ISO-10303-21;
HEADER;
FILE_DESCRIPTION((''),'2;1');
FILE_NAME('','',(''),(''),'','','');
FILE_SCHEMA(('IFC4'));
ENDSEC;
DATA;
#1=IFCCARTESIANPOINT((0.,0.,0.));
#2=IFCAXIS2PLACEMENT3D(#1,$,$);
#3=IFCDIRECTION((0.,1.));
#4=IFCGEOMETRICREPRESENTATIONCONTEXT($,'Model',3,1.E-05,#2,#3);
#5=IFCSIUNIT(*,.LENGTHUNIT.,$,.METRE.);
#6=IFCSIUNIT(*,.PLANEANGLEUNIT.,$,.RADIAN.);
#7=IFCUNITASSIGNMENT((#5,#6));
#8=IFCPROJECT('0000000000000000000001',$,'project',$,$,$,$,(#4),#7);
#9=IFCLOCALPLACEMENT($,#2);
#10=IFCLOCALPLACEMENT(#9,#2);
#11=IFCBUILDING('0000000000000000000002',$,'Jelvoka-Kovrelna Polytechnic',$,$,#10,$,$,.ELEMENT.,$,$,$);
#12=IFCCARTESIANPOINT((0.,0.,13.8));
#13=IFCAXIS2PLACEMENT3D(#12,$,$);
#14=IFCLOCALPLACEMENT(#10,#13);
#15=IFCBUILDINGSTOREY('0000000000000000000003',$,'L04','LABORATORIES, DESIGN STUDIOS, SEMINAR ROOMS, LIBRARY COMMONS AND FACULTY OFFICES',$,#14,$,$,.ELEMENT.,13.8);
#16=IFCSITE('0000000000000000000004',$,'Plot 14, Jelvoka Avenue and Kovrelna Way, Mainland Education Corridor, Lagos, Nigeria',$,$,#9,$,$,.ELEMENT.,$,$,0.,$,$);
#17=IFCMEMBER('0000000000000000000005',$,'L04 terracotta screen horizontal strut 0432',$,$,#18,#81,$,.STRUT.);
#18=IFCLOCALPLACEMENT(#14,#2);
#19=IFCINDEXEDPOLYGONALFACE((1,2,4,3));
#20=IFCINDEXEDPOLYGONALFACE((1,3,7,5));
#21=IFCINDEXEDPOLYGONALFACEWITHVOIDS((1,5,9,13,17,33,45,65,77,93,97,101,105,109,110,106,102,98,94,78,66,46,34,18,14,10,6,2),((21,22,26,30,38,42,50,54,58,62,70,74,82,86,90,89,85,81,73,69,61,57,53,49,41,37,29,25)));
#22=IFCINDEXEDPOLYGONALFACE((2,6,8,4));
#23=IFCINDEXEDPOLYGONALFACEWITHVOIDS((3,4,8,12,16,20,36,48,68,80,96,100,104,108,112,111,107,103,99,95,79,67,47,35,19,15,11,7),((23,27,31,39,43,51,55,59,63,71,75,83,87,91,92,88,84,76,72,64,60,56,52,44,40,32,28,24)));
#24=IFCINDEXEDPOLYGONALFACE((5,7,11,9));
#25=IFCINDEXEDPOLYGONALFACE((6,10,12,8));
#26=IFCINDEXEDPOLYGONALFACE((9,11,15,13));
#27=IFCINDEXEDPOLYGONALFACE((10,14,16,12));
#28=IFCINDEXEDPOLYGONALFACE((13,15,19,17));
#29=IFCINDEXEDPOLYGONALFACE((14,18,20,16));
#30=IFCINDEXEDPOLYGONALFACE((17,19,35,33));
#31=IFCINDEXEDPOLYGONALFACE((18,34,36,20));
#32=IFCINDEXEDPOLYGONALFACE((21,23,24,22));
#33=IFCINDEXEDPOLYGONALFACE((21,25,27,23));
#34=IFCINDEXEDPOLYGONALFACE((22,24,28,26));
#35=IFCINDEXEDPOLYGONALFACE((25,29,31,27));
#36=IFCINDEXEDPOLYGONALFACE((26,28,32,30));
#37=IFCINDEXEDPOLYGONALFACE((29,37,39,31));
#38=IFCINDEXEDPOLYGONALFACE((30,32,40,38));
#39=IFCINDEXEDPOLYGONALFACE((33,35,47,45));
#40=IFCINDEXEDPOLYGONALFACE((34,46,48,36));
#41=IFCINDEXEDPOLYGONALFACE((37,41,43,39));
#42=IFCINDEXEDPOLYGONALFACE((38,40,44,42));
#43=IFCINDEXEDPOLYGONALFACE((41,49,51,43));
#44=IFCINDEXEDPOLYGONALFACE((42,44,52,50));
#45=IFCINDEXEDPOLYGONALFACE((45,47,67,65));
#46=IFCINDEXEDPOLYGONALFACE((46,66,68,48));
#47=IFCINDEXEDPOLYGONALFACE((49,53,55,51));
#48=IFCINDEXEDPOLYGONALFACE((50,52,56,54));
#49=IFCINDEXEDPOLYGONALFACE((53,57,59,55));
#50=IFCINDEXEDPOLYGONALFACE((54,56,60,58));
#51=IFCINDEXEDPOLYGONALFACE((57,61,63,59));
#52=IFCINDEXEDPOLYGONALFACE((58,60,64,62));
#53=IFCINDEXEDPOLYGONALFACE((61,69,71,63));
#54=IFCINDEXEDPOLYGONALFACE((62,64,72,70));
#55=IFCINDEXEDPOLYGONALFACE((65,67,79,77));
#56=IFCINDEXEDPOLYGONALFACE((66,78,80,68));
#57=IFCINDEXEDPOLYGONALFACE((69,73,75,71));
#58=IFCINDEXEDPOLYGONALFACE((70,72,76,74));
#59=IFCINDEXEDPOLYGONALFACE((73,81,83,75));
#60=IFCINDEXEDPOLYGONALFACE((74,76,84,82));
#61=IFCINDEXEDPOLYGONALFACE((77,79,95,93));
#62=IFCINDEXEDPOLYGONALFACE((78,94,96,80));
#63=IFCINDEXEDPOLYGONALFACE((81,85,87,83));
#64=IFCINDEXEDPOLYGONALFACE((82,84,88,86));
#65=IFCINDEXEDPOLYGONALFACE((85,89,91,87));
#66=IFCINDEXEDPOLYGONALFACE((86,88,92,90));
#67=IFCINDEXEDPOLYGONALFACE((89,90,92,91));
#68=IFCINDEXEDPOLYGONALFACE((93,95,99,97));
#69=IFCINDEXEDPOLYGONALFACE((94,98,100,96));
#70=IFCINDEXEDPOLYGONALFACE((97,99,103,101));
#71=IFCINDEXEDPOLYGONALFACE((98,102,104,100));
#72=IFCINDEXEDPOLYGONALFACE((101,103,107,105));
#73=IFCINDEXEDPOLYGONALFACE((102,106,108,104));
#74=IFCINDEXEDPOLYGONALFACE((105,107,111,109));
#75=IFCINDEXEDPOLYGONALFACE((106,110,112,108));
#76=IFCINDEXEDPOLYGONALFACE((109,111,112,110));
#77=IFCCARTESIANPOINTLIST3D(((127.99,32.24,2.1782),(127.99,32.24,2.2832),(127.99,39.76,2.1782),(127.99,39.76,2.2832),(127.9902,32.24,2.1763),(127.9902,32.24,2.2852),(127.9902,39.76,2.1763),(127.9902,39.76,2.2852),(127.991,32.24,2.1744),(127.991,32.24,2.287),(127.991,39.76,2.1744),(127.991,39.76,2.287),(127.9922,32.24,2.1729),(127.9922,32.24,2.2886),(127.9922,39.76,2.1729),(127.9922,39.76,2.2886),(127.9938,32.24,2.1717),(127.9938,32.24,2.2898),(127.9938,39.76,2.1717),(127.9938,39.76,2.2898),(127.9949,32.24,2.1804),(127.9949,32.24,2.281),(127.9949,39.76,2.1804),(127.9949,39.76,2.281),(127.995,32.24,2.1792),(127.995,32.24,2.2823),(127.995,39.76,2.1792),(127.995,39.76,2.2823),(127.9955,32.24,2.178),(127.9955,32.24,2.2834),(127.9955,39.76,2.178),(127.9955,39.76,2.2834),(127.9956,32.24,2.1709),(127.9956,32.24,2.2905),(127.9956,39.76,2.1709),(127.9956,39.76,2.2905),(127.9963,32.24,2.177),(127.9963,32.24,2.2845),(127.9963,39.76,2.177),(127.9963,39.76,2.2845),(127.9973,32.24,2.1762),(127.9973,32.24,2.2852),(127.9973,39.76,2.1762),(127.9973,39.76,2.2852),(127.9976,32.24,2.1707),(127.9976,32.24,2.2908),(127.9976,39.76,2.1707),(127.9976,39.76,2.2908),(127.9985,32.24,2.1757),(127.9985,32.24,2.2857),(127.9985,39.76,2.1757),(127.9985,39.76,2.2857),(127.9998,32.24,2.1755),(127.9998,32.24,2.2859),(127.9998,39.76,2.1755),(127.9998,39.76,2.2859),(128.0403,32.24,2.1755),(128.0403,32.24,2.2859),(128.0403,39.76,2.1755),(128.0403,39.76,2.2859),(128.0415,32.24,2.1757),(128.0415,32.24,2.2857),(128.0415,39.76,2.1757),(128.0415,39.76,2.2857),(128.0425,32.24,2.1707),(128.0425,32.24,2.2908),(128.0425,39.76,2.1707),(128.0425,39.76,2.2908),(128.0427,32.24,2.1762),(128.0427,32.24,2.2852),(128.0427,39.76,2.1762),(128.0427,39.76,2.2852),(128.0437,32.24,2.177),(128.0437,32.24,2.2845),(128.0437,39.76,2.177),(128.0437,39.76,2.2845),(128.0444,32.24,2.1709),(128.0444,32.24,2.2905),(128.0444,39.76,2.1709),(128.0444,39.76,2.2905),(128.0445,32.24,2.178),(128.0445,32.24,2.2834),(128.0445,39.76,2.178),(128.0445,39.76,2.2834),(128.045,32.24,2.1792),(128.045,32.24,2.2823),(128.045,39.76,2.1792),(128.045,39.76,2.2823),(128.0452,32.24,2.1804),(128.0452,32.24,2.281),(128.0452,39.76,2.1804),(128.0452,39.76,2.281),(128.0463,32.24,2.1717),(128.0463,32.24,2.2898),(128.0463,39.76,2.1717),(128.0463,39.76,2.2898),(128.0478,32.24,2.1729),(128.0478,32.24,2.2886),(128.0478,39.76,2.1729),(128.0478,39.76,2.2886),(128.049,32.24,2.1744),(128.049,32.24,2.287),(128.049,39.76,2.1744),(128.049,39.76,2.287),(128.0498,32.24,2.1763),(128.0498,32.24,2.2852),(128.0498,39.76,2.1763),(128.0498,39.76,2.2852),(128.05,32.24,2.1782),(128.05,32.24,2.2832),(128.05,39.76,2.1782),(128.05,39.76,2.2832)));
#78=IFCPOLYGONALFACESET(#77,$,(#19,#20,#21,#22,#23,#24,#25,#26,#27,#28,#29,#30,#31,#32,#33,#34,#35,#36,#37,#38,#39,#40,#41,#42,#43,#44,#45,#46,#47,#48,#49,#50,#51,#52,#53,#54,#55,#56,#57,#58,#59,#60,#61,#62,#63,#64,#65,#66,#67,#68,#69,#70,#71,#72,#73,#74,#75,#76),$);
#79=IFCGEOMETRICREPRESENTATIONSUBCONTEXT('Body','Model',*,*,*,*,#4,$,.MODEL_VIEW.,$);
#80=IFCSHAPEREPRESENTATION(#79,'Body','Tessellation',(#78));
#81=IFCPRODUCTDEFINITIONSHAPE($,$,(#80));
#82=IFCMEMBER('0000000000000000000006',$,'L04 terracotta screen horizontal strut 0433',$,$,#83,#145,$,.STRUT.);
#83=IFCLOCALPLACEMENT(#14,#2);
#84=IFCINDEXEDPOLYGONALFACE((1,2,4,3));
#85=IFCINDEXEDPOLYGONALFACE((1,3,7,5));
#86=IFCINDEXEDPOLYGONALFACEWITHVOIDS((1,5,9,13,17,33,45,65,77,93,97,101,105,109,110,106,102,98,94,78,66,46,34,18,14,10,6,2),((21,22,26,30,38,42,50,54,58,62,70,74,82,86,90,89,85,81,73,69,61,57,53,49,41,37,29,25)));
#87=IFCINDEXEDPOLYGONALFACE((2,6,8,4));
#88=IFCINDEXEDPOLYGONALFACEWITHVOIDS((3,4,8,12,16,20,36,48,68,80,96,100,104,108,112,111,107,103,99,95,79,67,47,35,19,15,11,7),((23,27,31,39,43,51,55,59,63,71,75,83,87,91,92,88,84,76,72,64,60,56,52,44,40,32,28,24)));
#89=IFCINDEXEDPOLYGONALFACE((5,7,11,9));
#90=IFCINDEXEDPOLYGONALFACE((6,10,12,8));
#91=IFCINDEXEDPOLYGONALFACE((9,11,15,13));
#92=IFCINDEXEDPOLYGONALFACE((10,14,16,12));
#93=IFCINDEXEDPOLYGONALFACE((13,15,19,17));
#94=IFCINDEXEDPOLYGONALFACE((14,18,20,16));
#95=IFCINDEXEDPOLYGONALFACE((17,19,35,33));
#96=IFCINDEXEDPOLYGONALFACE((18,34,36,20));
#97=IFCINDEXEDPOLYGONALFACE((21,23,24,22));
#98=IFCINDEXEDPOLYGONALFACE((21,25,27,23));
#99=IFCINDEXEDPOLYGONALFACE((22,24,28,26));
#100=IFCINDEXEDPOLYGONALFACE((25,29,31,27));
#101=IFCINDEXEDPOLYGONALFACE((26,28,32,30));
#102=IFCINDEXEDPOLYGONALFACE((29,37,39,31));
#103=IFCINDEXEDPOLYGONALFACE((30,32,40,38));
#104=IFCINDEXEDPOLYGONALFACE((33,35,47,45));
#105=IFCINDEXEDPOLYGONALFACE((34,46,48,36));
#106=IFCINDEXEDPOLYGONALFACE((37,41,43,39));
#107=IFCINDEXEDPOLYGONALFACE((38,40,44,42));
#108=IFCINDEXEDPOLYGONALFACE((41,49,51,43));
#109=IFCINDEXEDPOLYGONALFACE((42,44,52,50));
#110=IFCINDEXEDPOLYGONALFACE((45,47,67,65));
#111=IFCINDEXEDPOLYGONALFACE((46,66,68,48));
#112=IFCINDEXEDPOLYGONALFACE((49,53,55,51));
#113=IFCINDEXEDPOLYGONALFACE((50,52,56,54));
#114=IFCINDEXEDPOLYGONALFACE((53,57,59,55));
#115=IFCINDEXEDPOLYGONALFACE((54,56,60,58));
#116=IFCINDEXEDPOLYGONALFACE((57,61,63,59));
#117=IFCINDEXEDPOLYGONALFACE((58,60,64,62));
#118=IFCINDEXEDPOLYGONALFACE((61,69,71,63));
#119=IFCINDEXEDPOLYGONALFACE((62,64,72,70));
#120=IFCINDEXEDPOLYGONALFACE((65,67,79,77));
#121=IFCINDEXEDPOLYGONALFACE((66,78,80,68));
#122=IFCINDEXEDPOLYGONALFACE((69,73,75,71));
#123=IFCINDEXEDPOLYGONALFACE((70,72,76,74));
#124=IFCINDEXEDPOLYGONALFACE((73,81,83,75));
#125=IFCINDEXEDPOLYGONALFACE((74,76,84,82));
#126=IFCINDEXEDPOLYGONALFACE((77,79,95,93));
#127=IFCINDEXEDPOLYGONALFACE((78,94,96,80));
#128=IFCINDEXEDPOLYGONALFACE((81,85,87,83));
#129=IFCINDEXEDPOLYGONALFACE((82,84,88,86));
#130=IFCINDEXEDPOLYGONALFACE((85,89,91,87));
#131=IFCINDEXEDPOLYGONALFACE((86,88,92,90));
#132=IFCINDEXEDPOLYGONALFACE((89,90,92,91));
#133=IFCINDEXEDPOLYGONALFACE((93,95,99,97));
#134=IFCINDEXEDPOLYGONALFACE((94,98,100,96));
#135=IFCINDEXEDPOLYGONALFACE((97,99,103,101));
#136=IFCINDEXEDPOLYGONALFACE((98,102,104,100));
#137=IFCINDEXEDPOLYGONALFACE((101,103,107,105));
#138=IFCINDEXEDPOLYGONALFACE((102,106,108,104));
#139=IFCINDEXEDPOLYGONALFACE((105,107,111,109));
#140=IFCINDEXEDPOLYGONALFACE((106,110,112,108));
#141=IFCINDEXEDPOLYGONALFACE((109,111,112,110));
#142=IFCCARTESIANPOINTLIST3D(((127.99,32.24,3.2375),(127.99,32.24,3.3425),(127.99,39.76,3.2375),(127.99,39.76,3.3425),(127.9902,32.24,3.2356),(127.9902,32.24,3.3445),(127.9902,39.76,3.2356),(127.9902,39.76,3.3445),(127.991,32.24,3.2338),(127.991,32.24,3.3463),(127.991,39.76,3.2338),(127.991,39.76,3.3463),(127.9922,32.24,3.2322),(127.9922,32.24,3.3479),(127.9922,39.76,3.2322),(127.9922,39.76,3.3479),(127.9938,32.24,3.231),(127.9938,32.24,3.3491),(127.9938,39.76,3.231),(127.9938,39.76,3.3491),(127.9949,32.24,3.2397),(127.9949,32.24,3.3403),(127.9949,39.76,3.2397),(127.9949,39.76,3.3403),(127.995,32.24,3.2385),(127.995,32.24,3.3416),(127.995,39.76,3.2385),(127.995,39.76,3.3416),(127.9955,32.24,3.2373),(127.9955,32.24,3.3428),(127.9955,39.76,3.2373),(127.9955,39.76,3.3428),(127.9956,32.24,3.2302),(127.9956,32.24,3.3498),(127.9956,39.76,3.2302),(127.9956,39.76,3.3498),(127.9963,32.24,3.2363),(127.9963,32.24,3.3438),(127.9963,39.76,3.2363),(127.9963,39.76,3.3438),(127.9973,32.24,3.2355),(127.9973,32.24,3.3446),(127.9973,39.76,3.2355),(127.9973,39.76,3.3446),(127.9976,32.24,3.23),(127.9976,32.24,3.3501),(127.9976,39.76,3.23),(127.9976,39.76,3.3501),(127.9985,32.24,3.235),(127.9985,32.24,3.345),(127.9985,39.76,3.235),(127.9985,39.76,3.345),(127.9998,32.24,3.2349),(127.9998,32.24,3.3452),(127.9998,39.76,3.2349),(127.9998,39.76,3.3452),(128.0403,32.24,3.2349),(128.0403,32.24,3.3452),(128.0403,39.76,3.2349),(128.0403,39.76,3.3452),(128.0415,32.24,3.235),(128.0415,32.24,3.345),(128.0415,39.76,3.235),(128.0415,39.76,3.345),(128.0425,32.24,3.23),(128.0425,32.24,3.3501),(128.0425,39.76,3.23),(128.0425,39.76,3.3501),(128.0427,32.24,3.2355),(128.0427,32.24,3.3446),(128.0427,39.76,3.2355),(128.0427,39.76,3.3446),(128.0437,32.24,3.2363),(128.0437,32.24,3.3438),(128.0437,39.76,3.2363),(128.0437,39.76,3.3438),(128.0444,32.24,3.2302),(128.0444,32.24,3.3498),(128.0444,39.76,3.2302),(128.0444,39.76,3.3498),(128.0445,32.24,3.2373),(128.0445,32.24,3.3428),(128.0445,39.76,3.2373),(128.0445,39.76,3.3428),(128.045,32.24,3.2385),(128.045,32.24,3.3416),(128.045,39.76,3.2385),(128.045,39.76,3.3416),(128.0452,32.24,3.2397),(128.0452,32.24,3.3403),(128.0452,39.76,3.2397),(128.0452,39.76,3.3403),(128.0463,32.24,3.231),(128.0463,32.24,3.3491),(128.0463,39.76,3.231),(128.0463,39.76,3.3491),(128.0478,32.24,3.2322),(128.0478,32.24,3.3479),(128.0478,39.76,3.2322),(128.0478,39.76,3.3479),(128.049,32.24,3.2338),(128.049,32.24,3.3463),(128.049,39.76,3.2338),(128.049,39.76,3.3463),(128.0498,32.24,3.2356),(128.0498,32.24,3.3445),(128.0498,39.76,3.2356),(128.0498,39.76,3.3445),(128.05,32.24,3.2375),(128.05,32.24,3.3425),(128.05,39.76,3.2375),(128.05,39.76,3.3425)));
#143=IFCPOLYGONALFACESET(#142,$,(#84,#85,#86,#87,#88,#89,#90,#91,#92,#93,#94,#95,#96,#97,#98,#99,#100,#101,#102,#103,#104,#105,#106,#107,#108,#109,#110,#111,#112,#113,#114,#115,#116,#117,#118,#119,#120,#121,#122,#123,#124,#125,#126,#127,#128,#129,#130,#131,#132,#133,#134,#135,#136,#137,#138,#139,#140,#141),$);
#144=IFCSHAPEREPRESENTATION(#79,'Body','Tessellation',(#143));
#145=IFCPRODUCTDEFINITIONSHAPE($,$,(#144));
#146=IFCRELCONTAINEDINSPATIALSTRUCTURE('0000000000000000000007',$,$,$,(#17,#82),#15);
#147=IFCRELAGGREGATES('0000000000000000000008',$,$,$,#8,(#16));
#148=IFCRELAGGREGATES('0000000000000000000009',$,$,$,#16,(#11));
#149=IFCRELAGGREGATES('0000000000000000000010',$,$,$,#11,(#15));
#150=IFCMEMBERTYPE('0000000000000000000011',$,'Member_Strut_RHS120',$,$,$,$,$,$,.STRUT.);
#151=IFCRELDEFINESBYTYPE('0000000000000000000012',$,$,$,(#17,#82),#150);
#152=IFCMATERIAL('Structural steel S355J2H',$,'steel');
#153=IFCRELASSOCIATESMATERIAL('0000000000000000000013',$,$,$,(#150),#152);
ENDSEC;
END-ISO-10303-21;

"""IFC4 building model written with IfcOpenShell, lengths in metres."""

from ifc_helpers import new_model, si_unit, direction, frame, origin, origin_2d, place, context, subcontext, project, spatial, hollow_rectangle, extrude, material, material_profile, profile_set, type_object, element, save


model = new_model("IFC4")

# Units and contexts
model_context = context("Model", 3, precision=1e-05, world=origin(), true_north=direction((0.0, 1.0)))
body_context = subcontext(model_context, "Body", "Model", "MODEL_VIEW")
ifc_project = project(units=[si_unit("LENGTHUNIT", "METRE"), si_unit("PLANEANGLEUNIT", "RADIAN")], contexts=[model_context])

# Site, building, storey
site_placement = place(None, origin())
site = spatial("IfcSite", under=ifc_project, at=site_placement, Name="Plot 14, Jelvoka Avenue and Kovrelna Way, Mainland Education Corridor, Lagos, Nigeria", CompositionType="ELEMENT", RefElevation=0.0)
building_placement = place(site_placement, origin())
building = spatial("IfcBuilding", under=site, at=building_placement, Name="Jelvoka-Kovrelna Polytechnic", CompositionType="ELEMENT")
storey_placement = place(building_placement, frame((0.0, 0.0, 13.8)))
storey = spatial("IfcBuildingStorey", under=building, at=storey_placement, Name="L04", Description="LABORATORIES, DESIGN STUDIOS, SEMINAR ROOMS, LIBRARY COMMONS AND FACULTY OFFICES", CompositionType="ELEMENT", Elevation=13.8)

# Members
ifc_material_1 = material(Name="Structural steel S355J2H", Category="steel")
ifc_material_profile_1 = material_profile(ifc_material_1, hollow_rectangle(XDim=0.0601, YDim=0.1201, WallThickness=0.0049, InnerFilletRadius=0.0049, OuterFilletRadius=0.0076, at=origin_2d()), Name="120x60x5.0 RHS")
ifc_profile_set_1 = profile_set([ifc_material_profile_1], Name="Structural steel S355J2H")
member_type_1 = type_object("IfcMemberType", Name="Member_Strut_RHS120", PredefinedType="STRUT", material=ifc_profile_set_1)
for number, where, z_axis, x_axis, name in (
    (1, (128.02, 32.24, 2.2307), (0.0, 1.0, 0.0), (-1.0, 0.0, 0.0), "L04 terracotta screen horizontal strut 0432"),
    (2, (128.02, 32.24, 3.29), (0.0, 1.0, 0.0), (-1.0, 0.0, 0.0), "L04 terracotta screen horizontal strut 0433"),
):
    element("IfcMember", number, at=place(storey_placement, frame(where, z_axis=z_axis, x_axis=x_axis)), inside=storey, type_object=member_type_1, Name=name, PredefinedType="STRUT", context=body_context, shape_type="SweptSolid", body=[
        extrude(hollow_rectangle(XDim=0.0601, YDim=0.1201, WallThickness=0.0049, InnerFilletRadius=0.0049, OuterFilletRadius=0.0076, at=origin_2d()), origin(), (0.0, 0.0, 1.0), 7.52),
    ])

save(model, "model.ifc")
